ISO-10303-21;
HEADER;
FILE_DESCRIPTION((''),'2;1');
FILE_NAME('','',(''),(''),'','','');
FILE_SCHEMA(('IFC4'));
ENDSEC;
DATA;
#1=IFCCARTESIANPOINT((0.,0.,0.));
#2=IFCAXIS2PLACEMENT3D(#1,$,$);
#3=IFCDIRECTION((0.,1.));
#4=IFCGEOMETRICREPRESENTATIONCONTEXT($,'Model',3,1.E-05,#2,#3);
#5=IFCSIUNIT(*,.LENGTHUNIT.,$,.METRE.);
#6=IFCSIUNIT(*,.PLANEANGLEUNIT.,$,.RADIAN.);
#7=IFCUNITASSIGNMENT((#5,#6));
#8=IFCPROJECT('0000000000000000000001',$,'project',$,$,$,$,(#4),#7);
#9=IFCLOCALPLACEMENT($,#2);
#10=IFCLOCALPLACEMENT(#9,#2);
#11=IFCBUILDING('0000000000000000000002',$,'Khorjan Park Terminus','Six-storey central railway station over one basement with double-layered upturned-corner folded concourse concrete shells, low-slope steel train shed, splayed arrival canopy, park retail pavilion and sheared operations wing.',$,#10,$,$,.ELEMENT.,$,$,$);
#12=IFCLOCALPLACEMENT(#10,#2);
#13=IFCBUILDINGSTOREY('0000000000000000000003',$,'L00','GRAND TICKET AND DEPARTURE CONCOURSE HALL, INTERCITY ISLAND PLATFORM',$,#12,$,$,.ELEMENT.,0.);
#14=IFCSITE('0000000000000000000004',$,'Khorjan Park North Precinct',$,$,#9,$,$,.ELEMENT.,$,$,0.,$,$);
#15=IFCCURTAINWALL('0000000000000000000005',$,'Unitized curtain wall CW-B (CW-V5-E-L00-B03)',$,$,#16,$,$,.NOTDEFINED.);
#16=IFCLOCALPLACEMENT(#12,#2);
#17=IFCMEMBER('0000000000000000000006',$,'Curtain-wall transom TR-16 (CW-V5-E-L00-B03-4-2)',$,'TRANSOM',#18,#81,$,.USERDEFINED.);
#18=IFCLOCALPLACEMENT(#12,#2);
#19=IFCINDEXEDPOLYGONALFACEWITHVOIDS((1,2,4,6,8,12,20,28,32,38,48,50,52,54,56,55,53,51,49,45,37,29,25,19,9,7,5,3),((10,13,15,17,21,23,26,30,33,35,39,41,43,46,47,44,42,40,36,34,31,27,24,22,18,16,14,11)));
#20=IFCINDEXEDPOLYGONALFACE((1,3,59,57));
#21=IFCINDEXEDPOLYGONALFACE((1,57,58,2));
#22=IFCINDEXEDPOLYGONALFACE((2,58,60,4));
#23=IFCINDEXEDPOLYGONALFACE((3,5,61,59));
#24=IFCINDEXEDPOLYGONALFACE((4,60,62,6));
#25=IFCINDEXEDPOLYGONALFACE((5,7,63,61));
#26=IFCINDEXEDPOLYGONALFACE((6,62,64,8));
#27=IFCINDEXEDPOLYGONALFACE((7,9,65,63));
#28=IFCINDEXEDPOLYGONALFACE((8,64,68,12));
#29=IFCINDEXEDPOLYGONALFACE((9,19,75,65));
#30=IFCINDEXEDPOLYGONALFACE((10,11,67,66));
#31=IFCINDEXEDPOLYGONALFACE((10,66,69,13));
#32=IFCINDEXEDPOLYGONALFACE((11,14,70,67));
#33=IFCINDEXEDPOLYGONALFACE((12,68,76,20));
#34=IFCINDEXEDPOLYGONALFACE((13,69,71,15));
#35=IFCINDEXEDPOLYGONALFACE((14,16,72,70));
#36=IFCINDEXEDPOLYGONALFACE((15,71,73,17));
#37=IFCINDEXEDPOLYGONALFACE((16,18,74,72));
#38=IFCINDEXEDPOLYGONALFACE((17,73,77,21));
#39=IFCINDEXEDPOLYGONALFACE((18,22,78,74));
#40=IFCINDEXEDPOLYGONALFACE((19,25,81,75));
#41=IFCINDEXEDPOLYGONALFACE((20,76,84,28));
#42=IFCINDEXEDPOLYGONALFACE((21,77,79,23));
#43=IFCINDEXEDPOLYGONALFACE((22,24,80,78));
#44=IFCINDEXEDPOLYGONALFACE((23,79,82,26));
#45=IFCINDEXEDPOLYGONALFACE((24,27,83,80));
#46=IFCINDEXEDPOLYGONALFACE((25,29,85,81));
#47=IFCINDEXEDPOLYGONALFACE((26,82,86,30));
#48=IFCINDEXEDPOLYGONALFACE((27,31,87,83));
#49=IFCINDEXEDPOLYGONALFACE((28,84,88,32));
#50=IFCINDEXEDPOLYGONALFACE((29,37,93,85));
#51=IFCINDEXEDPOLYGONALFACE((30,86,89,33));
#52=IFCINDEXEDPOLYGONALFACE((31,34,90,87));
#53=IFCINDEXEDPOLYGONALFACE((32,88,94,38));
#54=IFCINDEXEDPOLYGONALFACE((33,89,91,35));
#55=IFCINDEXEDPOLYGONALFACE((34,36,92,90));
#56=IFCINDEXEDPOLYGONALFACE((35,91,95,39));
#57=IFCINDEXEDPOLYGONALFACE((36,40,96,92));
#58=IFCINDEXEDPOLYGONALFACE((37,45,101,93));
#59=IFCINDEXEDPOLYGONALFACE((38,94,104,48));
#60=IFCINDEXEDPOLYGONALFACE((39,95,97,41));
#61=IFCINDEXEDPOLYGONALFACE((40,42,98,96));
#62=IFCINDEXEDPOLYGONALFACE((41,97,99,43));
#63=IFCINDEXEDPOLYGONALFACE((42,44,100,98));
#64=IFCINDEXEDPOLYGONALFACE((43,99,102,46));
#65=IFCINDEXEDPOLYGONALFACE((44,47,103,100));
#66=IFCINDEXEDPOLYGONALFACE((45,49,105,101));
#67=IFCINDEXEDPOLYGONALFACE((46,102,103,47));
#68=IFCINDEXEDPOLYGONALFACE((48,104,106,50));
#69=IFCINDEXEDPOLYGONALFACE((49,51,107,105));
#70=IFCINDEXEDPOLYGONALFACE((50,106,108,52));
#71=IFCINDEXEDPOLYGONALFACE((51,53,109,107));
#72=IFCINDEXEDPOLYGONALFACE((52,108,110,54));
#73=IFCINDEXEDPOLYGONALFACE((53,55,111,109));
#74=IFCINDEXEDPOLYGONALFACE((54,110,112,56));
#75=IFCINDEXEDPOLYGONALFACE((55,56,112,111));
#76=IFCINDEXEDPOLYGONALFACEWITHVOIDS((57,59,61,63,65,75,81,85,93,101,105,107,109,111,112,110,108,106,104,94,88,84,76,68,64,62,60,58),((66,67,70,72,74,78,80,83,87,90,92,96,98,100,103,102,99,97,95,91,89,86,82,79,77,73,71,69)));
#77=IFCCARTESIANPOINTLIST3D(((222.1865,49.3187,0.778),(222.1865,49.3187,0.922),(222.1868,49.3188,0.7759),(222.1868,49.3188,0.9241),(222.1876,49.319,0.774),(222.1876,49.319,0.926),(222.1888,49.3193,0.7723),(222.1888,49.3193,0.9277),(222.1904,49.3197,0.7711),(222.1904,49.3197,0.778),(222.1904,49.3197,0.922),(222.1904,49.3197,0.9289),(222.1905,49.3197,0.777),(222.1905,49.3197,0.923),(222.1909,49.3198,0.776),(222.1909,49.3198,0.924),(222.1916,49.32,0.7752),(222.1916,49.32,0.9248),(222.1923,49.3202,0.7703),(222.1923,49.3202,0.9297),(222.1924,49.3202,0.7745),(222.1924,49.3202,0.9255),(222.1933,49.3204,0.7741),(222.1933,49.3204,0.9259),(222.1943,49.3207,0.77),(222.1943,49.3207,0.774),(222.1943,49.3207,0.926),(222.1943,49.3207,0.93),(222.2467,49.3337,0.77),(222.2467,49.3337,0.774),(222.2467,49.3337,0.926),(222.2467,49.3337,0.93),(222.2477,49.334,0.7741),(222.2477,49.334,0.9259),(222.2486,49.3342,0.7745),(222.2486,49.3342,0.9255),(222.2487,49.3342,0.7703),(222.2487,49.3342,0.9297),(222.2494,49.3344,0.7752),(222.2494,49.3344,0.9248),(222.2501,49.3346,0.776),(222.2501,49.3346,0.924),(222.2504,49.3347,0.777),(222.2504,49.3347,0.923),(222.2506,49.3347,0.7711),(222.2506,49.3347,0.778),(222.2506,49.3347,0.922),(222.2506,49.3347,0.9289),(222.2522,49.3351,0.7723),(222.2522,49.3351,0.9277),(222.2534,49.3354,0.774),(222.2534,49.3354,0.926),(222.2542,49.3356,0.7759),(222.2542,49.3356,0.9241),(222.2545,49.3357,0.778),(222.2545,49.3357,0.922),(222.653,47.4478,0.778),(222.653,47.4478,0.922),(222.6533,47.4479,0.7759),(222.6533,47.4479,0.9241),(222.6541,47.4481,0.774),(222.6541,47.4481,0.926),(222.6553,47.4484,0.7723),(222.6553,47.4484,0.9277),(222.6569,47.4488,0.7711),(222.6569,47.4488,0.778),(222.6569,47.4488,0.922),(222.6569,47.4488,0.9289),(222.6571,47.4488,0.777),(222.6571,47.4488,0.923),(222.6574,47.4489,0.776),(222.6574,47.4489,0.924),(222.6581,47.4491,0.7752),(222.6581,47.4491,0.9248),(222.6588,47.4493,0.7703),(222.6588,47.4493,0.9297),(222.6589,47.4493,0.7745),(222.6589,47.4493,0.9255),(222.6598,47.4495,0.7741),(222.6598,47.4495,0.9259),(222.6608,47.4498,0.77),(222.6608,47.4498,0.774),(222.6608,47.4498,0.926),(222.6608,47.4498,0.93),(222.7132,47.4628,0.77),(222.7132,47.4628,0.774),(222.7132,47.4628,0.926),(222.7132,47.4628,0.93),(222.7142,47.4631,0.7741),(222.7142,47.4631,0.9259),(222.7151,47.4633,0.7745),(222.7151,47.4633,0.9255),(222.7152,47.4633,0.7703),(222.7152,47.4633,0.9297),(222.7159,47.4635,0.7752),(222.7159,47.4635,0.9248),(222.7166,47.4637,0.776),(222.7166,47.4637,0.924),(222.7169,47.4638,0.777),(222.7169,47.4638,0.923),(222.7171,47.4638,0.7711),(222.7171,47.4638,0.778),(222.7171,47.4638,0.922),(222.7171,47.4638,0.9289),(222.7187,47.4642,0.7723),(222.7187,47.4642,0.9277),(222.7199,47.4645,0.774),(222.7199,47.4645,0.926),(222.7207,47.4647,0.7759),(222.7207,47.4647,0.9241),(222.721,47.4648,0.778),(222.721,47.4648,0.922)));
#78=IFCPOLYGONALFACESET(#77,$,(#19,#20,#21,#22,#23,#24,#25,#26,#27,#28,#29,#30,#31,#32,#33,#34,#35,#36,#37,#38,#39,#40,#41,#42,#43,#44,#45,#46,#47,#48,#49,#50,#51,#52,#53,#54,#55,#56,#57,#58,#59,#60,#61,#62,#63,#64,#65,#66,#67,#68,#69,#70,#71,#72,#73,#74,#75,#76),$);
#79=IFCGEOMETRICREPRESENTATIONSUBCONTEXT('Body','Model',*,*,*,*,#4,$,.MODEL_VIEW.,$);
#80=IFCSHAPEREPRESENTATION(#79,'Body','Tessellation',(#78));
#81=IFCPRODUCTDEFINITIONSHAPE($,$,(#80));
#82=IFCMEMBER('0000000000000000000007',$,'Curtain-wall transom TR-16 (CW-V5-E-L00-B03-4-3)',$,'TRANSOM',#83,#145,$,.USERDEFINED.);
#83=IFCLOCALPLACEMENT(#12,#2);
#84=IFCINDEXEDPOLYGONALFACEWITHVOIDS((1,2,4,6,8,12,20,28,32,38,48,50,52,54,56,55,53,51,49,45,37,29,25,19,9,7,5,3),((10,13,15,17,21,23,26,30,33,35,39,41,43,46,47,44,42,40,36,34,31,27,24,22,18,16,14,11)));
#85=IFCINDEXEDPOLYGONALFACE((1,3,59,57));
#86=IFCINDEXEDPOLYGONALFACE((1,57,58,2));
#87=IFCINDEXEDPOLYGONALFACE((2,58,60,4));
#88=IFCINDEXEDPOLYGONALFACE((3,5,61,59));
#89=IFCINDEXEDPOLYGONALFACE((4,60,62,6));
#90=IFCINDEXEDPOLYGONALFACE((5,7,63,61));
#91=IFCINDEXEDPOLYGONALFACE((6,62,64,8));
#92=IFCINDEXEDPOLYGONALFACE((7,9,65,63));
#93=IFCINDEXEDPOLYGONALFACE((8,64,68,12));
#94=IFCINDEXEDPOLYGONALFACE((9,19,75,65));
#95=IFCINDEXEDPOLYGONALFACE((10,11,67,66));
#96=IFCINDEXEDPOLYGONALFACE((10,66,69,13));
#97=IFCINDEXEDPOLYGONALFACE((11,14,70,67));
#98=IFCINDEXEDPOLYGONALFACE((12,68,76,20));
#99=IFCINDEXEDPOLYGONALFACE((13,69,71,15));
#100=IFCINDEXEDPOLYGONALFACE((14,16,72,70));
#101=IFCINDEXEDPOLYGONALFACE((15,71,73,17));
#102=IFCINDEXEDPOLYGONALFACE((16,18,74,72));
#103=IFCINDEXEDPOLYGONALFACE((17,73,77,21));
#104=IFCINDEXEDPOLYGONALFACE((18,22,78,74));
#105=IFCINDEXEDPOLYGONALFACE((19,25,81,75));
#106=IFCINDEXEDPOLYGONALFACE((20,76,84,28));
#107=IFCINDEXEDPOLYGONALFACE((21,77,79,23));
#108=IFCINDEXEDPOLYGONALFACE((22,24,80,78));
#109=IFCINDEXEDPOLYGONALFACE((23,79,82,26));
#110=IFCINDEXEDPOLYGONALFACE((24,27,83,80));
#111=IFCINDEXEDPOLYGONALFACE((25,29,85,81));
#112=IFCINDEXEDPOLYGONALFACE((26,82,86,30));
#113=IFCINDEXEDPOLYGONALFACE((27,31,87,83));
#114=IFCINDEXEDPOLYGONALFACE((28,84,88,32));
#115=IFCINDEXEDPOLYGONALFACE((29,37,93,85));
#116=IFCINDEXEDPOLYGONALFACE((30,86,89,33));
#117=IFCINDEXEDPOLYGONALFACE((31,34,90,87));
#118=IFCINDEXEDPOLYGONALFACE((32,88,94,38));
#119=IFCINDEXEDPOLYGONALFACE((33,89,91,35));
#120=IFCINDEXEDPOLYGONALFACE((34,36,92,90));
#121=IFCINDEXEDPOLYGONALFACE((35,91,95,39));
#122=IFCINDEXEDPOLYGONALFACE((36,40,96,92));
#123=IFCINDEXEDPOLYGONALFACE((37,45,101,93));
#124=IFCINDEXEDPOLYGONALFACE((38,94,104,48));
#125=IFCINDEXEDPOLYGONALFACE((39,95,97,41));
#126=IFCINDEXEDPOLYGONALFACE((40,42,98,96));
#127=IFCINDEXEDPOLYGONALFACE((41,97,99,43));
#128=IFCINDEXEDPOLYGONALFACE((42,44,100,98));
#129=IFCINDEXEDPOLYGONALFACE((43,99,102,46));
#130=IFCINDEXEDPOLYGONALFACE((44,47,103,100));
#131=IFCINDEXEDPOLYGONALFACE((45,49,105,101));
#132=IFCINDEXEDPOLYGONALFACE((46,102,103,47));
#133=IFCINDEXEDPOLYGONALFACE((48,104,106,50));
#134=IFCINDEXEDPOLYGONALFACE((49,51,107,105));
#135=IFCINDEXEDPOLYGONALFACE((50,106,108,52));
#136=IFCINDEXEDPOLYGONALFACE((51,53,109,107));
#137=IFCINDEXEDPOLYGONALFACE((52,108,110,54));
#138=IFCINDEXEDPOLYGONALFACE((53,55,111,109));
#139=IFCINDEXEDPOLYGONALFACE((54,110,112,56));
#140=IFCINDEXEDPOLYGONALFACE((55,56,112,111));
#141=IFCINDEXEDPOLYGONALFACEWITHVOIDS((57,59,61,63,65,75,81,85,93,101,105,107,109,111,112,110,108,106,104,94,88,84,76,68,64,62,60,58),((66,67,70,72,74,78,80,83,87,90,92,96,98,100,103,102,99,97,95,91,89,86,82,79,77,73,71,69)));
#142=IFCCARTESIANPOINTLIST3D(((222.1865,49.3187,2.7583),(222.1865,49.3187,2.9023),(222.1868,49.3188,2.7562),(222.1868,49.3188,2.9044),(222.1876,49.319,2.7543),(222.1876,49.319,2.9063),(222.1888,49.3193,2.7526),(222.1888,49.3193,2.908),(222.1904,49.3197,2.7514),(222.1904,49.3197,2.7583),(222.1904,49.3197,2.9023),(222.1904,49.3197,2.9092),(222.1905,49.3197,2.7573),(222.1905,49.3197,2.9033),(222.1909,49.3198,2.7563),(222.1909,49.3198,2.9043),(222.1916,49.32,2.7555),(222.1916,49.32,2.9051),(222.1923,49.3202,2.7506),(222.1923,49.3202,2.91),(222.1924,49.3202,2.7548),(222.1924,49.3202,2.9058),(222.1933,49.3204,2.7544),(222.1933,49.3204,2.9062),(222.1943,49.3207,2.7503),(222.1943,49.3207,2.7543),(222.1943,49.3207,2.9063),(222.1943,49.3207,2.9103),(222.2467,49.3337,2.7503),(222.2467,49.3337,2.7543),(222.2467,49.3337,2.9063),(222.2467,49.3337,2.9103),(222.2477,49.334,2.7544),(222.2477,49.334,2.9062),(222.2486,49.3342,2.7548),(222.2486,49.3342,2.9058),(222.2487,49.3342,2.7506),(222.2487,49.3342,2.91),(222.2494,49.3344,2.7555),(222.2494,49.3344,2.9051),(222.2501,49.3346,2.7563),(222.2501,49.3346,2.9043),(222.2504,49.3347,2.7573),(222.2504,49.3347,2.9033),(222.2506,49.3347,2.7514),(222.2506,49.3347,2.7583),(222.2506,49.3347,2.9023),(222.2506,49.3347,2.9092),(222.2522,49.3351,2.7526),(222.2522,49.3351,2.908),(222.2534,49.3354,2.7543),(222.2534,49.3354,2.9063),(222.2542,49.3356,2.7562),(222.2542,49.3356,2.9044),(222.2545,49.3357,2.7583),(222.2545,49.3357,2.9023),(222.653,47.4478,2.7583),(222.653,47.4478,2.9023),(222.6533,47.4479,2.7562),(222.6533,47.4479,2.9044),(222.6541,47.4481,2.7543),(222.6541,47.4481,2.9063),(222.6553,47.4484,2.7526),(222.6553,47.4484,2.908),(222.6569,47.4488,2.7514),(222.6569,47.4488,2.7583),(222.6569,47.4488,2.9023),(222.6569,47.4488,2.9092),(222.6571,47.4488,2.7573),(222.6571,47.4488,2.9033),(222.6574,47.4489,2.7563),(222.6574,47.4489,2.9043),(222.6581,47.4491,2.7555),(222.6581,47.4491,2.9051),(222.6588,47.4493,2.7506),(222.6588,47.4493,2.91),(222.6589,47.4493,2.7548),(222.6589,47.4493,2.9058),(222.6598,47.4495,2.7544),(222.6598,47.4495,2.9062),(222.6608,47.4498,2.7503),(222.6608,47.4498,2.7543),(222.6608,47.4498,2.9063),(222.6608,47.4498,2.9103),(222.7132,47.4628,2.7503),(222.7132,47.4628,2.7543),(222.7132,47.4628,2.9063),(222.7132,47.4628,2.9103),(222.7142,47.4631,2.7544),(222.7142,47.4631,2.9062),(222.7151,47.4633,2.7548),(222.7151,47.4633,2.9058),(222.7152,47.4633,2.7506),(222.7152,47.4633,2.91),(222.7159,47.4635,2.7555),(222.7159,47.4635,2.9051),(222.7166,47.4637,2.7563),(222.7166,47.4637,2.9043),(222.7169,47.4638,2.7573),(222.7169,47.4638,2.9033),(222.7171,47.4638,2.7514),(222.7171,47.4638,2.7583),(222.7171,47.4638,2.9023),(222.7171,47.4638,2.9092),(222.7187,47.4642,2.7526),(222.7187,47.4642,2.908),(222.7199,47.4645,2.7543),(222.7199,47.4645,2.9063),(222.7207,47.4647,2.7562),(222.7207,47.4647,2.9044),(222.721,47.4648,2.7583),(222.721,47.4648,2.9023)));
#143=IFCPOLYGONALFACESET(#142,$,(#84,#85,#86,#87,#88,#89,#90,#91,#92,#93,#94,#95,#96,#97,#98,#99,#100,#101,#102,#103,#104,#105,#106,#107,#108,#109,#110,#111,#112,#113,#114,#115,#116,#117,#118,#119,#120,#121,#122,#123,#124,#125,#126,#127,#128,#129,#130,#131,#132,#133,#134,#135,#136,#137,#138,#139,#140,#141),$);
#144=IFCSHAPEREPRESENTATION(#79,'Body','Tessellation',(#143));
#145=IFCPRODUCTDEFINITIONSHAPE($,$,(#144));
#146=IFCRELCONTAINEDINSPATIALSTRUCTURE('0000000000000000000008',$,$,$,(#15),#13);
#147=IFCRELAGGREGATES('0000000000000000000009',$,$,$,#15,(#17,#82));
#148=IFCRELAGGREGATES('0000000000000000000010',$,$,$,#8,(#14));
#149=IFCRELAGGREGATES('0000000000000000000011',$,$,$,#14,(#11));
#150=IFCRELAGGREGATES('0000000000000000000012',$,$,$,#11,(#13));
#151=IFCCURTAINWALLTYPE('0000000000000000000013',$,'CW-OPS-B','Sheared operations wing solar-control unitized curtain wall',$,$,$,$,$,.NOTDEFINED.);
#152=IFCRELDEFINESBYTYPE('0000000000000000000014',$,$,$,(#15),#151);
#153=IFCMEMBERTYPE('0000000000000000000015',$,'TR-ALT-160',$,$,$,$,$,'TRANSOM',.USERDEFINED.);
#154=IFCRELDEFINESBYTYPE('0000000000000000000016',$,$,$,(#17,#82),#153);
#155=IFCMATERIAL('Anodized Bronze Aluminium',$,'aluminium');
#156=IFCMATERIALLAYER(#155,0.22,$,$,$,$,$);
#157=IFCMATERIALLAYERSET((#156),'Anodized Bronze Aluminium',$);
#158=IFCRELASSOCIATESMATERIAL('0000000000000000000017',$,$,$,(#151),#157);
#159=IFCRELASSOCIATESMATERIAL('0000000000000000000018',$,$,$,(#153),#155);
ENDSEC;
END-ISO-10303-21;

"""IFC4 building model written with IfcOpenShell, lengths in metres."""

from ifc_helpers import new_model, si_unit, direction, frame, origin, origin_2d, place, context, subcontext, project, spatial, hollow_rectangle, extrude, material, layer, layer_set, material_profile, profile_set, type_object, element, aggregate, save


model = new_model("IFC4")

# Units and contexts
model_context = context("Model", 3, precision=1e-05, world=origin(), true_north=direction((0.0, 1.0)))
body_context = subcontext(model_context, "Body", "Model", "MODEL_VIEW")
ifc_project = project(units=[si_unit("LENGTHUNIT", "METRE"), si_unit("PLANEANGLEUNIT", "RADIAN")], contexts=[model_context])

# Site, building, storey
site_placement = place(None, origin())
site = spatial("IfcSite", under=ifc_project, at=site_placement, Name="Khorjan Park North Precinct", CompositionType="ELEMENT", RefElevation=0.0)
building_placement = place(site_placement, origin())
building = spatial("IfcBuilding", under=site, at=building_placement, Name="Khorjan Park Terminus", Description="Six-storey central railway station over one basement with double-layered upturned-corner folded concourse concrete shells, low-slope steel train shed, splayed arrival canopy, park retail pavilion and sheared operations wing.", CompositionType="ELEMENT")
storey_placement = place(building_placement, origin())
storey = spatial("IfcBuildingStorey", under=building, at=storey_placement, Name="L00", Description="GRAND TICKET AND DEPARTURE CONCOURSE HALL, INTERCITY ISLAND PLATFORM", CompositionType="ELEMENT", Elevation=0.0)

# Curtain wall, members
ifc_material_1 = material(Name="Anodized Bronze Aluminium", Category="aluminium")
ifc_layer_1 = layer(ifc_material_1, 0.22)
ifc_layer_set_1 = layer_set([ifc_layer_1], Name="Anodized Bronze Aluminium")
curtain_wall_type = type_object("IfcCurtainWallType", Name="CW-OPS-B", Description="Sheared operations wing solar-control unitized curtain wall", PredefinedType="NOTDEFINED", material=ifc_layer_set_1)
curtain_wall_placement = place(storey_placement, origin())
curtain_wall = element("IfcCurtainWall", 1, at=curtain_wall_placement, inside=storey, type_object=curtain_wall_type, Name="Unitized curtain wall CW-B (CW-V5-E-L00-B03)", PredefinedType="NOTDEFINED")
ifc_material_profile_1 = material_profile(ifc_material_1, hollow_rectangle(XDim=0.07, YDim=0.16, WallThickness=0.004, InnerFilletRadius=0.004, OuterFilletRadius=0.008, at=origin_2d()), Name="ALT 70x160x4")
ifc_profile_set_1 = profile_set([ifc_material_profile_1], Name="Anodized Bronze Aluminium")
member_type_1 = type_object("IfcMemberType", Name="TR-ALT-160", ElementType="TRANSOM", PredefinedType="USERDEFINED", material=ifc_profile_set_1)
member_1_placement = place(storey_placement, frame((222.687, 47.4563, 0.85), z_axis=(-0.241938, 0.970292, 0.0), x_axis=(-0.970292, -0.241938, 0.0)))
member_1 = element("IfcMember", 2, at=member_1_placement, type_object=member_type_1, Name="Curtain-wall transom TR-16 (CW-V5-E-L00-B03-4-2)", ObjectType="TRANSOM", PredefinedType="USERDEFINED", context=body_context, shape_type="SweptSolid", body=[
    extrude(hollow_rectangle(XDim=0.07, YDim=0.16, WallThickness=0.004, InnerFilletRadius=0.004, OuterFilletRadius=0.008, at=origin_2d()), origin(), (0.0, 0.0, 1.0), 1.9282),
])
member_2_placement = place(storey_placement, frame((222.687, 47.4563, 2.8303), z_axis=(-0.241938, 0.970292, 0.0), x_axis=(-0.970292, -0.241938, 0.0)))
member_2 = element("IfcMember", 3, at=member_2_placement, type_object=member_type_1, Name="Curtain-wall transom TR-16 (CW-V5-E-L00-B03-4-3)", ObjectType="TRANSOM", PredefinedType="USERDEFINED", context=body_context, shape_type="SweptSolid", body=[
    extrude(hollow_rectangle(XDim=0.07, YDim=0.16, WallThickness=0.004, InnerFilletRadius=0.004, OuterFilletRadius=0.008, at=origin_2d()), origin(), (0.0, 0.0, 1.0), 1.9282),
])
aggregate(curtain_wall, [member_1, member_2])

save(model, "model.ifc")
